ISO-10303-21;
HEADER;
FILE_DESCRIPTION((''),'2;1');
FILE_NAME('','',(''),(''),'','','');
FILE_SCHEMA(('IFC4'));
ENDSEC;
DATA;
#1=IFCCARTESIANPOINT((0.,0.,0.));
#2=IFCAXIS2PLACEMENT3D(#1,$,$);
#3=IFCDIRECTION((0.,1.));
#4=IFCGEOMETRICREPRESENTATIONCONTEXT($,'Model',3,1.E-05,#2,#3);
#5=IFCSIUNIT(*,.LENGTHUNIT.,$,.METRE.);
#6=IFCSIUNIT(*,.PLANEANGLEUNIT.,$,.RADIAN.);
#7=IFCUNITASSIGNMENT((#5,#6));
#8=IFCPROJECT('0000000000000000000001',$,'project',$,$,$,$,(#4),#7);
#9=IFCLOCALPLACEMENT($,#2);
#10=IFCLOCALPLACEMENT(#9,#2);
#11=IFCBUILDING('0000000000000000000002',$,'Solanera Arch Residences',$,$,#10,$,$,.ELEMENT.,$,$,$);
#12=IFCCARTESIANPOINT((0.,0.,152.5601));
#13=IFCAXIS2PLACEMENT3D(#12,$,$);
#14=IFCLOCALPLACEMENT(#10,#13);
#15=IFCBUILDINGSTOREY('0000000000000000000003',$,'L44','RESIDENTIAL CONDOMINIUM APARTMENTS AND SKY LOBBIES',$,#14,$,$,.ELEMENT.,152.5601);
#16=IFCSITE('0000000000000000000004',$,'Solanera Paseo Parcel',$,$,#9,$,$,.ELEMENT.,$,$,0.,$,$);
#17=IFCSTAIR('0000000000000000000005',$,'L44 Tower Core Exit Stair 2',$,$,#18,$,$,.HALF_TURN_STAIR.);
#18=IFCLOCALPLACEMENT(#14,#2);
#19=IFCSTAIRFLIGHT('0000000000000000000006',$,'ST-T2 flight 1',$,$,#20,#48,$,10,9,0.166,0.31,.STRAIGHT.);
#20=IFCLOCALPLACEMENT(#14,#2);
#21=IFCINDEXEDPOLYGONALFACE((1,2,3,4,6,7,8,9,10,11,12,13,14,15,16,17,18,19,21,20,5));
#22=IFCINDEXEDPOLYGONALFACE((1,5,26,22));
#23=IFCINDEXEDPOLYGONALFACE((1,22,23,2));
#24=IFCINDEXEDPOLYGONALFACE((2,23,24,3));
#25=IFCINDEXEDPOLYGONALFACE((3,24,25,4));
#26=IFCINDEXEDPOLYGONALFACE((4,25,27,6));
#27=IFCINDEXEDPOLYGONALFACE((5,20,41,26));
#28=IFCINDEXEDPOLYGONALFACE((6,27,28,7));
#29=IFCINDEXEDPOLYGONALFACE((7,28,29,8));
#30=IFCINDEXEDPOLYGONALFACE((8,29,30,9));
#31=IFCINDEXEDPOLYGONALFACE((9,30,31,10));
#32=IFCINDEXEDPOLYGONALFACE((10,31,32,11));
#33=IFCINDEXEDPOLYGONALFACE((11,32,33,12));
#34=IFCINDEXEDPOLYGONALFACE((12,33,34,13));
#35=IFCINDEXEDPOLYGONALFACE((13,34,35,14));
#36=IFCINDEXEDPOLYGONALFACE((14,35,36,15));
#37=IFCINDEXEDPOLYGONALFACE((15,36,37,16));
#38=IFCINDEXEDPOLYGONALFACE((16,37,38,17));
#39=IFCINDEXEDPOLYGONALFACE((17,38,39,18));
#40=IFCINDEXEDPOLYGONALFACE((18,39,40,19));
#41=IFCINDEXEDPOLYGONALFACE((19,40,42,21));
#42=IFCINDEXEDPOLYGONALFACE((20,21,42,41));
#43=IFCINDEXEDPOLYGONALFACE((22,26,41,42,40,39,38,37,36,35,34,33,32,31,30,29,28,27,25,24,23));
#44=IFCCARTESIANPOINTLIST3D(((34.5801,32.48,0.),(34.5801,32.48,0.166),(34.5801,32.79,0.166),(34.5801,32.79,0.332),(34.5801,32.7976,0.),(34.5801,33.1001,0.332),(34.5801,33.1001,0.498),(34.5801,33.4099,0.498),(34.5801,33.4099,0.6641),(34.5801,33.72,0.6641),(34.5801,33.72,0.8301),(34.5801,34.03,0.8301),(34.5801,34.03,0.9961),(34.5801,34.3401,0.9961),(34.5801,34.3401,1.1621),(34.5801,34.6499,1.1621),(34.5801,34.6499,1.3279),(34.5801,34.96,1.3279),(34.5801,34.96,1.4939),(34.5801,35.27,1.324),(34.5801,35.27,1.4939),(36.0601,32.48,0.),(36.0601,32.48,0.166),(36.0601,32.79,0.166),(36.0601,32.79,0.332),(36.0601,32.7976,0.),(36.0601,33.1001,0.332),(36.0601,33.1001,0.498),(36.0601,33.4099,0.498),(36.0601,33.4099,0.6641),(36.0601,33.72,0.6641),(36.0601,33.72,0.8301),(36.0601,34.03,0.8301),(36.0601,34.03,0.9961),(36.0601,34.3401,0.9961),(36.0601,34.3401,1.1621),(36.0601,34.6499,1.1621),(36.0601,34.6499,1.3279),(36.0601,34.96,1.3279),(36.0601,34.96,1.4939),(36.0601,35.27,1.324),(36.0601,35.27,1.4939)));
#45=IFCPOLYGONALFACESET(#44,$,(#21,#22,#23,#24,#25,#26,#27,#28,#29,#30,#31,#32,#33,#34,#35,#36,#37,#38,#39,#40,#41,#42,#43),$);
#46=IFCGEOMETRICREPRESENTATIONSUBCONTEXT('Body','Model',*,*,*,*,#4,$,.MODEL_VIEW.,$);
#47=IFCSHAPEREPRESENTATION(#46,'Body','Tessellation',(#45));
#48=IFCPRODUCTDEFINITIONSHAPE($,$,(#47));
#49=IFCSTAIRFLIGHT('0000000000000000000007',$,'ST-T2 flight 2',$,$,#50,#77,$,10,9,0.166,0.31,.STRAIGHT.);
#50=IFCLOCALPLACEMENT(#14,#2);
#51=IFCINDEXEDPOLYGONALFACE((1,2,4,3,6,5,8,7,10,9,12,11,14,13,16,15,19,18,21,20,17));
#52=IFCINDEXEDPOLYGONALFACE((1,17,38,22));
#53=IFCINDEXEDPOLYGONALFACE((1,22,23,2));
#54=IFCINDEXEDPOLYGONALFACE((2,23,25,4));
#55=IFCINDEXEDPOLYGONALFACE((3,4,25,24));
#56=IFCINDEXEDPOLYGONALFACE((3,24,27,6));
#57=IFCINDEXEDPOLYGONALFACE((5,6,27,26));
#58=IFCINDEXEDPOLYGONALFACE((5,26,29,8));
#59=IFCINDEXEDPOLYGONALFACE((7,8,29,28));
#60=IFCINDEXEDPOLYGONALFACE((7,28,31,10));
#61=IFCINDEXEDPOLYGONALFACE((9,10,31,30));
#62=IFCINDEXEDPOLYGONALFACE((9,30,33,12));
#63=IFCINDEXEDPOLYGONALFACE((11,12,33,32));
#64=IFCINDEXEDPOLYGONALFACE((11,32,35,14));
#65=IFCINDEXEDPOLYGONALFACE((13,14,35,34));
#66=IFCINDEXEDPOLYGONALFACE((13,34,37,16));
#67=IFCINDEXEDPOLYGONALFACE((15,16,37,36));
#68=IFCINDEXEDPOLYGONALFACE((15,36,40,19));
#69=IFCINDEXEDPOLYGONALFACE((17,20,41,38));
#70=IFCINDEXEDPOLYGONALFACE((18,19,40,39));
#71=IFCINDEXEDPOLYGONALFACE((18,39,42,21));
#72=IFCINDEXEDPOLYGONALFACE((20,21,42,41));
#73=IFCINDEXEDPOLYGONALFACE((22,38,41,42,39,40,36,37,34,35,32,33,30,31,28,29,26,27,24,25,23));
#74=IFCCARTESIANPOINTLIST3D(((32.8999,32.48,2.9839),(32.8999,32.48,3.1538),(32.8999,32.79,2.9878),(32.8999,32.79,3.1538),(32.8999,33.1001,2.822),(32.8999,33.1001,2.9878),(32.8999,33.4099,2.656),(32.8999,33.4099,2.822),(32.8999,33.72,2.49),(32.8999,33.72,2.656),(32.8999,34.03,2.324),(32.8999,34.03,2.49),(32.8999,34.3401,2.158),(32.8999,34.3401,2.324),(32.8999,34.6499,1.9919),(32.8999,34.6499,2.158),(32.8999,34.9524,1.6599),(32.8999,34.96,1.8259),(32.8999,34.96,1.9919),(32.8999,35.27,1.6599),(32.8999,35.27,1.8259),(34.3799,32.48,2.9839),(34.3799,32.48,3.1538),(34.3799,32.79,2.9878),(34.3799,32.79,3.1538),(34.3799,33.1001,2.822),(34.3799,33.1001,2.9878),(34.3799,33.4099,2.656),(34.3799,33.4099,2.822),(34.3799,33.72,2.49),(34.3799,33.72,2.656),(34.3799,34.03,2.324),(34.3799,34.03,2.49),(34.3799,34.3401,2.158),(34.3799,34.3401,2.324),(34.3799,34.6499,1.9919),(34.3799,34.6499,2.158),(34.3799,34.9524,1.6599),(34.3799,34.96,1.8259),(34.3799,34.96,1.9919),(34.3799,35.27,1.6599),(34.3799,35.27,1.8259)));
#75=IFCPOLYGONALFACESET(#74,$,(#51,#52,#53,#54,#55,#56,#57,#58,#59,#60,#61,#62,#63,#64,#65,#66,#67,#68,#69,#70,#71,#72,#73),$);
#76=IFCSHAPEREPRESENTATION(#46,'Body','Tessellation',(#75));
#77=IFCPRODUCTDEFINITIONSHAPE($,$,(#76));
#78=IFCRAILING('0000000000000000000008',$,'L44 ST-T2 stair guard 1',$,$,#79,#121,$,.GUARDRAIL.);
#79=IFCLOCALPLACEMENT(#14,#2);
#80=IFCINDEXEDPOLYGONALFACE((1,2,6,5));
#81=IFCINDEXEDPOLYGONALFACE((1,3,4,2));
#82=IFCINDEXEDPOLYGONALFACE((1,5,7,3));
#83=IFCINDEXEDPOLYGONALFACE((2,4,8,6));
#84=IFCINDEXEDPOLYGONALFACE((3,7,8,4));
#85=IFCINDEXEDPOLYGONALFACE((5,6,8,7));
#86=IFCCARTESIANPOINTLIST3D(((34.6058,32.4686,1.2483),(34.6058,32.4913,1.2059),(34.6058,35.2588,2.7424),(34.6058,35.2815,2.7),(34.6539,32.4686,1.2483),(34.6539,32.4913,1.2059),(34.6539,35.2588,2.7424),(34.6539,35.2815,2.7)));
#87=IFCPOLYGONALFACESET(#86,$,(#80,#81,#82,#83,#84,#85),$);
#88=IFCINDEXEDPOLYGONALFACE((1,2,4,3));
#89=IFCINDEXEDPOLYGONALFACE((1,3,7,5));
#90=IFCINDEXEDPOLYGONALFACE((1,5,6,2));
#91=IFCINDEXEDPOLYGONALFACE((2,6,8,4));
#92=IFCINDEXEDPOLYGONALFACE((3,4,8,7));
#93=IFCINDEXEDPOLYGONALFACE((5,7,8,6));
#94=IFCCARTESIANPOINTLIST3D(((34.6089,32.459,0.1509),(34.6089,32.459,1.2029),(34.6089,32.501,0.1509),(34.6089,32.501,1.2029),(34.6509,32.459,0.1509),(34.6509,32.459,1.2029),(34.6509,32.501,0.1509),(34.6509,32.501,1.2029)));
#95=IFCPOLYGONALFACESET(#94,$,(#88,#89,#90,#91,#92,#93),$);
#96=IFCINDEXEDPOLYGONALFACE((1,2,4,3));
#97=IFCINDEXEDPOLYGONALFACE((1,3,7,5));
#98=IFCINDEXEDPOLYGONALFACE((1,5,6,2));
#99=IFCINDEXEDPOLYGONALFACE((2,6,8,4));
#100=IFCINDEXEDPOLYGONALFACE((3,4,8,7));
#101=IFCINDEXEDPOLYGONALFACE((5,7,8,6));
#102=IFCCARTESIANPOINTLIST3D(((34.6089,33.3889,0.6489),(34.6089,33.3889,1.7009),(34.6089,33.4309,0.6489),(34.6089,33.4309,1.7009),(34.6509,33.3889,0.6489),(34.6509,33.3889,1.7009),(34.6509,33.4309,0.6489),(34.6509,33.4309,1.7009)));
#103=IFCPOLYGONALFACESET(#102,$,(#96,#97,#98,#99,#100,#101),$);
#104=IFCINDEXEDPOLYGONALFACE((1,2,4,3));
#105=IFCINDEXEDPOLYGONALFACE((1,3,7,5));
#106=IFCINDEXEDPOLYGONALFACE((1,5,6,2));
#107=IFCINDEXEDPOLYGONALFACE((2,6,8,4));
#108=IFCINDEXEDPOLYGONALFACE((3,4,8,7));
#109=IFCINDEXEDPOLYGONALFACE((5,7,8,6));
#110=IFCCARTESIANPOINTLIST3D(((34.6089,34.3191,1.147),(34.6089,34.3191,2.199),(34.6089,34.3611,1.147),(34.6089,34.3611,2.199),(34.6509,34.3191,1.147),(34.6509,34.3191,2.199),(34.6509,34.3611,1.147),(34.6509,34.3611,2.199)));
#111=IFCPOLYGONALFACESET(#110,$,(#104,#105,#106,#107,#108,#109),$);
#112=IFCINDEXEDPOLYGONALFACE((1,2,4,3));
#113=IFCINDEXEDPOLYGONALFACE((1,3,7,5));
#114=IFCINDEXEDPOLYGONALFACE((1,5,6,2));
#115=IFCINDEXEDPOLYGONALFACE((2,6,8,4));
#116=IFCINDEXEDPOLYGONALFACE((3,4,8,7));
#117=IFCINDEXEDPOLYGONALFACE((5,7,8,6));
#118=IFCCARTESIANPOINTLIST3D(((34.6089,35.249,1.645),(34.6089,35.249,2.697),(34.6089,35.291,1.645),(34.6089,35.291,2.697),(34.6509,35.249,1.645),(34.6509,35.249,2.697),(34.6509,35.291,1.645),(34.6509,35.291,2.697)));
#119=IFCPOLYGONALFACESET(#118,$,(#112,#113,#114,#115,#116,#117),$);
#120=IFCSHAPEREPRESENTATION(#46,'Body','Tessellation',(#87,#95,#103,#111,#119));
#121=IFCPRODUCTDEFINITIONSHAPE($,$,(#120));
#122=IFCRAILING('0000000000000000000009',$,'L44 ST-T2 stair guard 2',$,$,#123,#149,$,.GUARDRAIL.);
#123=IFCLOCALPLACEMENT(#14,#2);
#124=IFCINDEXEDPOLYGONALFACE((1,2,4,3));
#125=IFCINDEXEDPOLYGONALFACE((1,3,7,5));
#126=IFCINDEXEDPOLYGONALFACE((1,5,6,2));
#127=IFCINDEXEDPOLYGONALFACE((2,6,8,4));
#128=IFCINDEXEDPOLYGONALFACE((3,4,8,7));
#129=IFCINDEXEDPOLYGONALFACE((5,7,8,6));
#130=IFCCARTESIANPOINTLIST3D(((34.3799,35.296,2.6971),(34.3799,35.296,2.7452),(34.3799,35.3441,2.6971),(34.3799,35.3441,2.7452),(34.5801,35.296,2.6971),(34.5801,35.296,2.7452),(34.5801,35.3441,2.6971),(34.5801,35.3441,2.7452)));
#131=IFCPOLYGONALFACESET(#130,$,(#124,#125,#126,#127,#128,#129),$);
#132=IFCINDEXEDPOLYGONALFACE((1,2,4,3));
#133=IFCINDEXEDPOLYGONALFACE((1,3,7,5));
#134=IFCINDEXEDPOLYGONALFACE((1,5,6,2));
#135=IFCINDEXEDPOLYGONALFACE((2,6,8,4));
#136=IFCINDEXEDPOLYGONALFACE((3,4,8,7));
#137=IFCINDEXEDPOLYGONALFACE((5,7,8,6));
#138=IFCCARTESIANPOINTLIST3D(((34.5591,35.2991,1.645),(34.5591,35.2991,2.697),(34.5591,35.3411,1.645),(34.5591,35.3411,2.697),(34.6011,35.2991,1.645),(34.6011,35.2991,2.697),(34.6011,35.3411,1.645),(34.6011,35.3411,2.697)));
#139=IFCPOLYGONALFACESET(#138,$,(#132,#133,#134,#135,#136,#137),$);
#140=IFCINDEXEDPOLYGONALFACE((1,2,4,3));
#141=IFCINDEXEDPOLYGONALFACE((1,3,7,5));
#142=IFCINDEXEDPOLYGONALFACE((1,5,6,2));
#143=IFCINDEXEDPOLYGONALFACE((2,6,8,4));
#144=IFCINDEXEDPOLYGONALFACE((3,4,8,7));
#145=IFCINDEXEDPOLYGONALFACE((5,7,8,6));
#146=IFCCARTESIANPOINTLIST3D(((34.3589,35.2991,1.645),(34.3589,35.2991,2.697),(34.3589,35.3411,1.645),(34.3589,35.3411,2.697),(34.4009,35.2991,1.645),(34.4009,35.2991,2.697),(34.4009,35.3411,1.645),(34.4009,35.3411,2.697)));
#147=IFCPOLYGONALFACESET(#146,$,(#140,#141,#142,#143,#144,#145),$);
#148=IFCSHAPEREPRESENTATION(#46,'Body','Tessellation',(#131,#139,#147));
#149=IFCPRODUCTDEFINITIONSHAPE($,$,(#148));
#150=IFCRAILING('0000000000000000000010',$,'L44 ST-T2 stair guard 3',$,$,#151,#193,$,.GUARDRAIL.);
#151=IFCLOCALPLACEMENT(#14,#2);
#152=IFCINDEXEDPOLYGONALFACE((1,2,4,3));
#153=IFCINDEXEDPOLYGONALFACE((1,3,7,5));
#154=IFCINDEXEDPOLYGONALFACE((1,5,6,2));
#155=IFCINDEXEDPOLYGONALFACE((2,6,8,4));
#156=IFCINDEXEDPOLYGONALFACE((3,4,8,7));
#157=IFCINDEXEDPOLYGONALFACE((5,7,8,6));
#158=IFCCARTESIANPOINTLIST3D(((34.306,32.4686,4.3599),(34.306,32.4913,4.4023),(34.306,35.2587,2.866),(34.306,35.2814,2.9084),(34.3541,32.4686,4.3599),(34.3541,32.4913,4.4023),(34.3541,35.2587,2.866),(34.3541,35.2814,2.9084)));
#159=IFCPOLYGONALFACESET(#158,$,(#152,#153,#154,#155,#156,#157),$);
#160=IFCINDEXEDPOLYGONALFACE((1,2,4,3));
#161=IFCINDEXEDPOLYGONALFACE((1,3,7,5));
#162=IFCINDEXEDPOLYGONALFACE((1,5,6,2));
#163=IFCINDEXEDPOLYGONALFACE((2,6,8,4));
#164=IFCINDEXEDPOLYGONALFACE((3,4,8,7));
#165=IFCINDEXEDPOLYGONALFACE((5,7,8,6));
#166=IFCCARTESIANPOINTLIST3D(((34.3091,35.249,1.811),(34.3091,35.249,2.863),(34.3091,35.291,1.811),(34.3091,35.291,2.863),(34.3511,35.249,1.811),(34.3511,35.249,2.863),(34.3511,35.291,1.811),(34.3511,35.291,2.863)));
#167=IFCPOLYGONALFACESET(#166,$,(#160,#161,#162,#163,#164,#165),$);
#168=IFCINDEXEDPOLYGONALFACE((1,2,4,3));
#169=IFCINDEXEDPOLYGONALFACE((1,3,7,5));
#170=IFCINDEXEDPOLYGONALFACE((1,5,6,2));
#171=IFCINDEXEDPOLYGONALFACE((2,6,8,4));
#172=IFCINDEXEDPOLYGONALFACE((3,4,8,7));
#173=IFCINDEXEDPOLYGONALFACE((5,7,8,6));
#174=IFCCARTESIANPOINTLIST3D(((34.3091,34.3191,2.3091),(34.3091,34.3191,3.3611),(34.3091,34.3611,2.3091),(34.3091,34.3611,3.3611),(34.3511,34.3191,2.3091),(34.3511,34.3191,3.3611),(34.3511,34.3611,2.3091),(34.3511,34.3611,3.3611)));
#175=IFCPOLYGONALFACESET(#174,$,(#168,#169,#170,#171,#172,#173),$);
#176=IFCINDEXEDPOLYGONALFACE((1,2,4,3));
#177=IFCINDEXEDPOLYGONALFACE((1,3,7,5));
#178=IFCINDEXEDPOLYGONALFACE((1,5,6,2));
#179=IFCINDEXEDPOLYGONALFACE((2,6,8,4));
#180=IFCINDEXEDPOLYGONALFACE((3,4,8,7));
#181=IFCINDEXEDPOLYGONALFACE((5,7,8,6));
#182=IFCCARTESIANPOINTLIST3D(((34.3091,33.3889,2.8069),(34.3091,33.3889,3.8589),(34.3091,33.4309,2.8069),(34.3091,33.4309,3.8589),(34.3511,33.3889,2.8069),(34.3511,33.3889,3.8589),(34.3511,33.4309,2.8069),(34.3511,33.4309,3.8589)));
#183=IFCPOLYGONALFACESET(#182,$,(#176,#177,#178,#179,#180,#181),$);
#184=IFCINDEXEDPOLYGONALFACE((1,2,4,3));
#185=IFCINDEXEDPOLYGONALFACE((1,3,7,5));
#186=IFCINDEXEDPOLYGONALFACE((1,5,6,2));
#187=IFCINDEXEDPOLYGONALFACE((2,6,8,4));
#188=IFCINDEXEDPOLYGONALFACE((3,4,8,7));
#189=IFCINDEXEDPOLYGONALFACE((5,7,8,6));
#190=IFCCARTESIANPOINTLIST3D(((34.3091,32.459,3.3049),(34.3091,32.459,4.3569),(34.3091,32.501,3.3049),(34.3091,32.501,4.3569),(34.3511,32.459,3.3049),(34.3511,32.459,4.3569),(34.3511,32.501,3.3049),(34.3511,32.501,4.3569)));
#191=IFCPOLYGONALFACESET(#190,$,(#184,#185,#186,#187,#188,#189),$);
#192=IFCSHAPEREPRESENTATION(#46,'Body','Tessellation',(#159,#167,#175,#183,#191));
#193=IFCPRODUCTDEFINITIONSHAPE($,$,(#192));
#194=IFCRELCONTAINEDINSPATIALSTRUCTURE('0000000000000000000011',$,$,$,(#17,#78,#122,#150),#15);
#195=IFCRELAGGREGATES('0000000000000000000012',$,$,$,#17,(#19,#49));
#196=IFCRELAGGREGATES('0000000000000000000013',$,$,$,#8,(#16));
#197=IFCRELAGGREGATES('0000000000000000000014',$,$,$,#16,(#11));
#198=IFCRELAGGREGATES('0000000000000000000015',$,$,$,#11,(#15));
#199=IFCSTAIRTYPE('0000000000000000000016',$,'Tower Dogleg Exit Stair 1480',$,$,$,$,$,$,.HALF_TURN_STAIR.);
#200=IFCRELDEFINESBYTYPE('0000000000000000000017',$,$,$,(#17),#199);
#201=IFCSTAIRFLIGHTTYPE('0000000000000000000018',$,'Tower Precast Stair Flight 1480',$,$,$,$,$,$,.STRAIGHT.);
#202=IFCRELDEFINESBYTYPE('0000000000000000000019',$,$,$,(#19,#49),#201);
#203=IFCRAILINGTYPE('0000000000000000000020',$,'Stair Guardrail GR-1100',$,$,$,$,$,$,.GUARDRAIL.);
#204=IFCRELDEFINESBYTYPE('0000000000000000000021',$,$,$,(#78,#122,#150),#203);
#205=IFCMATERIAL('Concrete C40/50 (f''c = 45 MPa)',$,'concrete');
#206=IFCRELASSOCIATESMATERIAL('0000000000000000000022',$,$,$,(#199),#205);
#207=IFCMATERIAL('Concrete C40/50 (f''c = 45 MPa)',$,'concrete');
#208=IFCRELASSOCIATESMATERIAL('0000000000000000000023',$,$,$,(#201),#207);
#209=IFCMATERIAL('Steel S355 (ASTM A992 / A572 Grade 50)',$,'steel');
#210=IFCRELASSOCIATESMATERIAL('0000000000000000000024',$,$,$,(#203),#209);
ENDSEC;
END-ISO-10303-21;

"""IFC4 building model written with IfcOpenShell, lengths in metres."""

from ifc_helpers import new_model, si_unit, direction, frame, origin, origin_2d, place, context, subcontext, project, spatial, polyline, rectangle, outline, extrude, material, type_object, element, aggregate, save


model = new_model("IFC4")

# Units and contexts
model_context = context("Model", 3, precision=1e-05, world=origin(), true_north=direction((0.0, 1.0)))
body_context = subcontext(model_context, "Body", "Model", "MODEL_VIEW")
ifc_project = project(units=[si_unit("LENGTHUNIT", "METRE"), si_unit("PLANEANGLEUNIT", "RADIAN")], contexts=[model_context])

# Site, building, storey
site_placement = place(None, origin())
site = spatial("IfcSite", under=ifc_project, at=site_placement, Name="Solanera Paseo Parcel", CompositionType="ELEMENT", RefElevation=0.0)
building_placement = place(site_placement, origin())
building = spatial("IfcBuilding", under=site, at=building_placement, Name="Solanera Arch Residences", CompositionType="ELEMENT")
storey_placement = place(building_placement, frame((0.0, 0.0, 152.5601)))
storey = spatial("IfcBuildingStorey", under=building, at=storey_placement, Name="L44", Description="RESIDENTIAL CONDOMINIUM APARTMENTS AND SKY LOBBIES", CompositionType="ELEMENT", Elevation=152.5601)

# Stair, stair flights
ifc_material_1 = material(Name="Concrete C40/50 (f'c = 45 MPa)", Category="concrete")
stair_type = type_object("IfcStairType", Name="Tower Dogleg Exit Stair 1480", PredefinedType="HALF_TURN_STAIR", material=ifc_material_1)
stair_placement = place(storey_placement, origin())
stair = element("IfcStair", 1, at=stair_placement, inside=storey, type_object=stair_type, Name="L44 Tower Core Exit Stair 2", PredefinedType="HALF_TURN_STAIR")
ifc_material_2 = material(Name="Concrete C40/50 (f'c = 45 MPa)", Category="concrete")
stair_flight_type = type_object("IfcStairFlightType", Name="Tower Precast Stair Flight 1480", PredefinedType="STRAIGHT", material=ifc_material_2)
stair_flight_1_placement = place(storey_placement, frame((35.3201, 32.48, 0.0), z_axis=(0.0, 0.0, 1.0), x_axis=(0.0, 1.0, 0.0)))
stair_flight_1 = element("IfcStairFlight", 2, at=stair_flight_1_placement, type_object=stair_flight_type, Name="ST-T2 flight 1", NumberOfRisers=10, NumberOfTreads=9, PredefinedType="STRAIGHT", RiserHeight=0.166, TreadLength=0.31, context=body_context, shape_type="SweptSolid", body=[
    extrude(outline(polyline([(0.0, 0.0), (0.0, 0.166), (0.3101, 0.166), (0.3101, 0.332), (0.6201, 0.332), (0.6201, 0.498), (0.9299, 0.498), (0.9299, 0.6641), (1.24, 0.6641), (1.24, 0.8301), (1.55, 0.8301), (1.55, 0.9961), (1.8601, 0.9961), (1.8601, 1.1621), (2.1699, 1.1621), (2.1699, 1.3279), (2.48, 1.3279), (2.48, 1.4939), (2.79, 1.4939), (2.79, 1.6599), (2.79, 1.324), (0.3176, 0.0), (0.0, 0.0)])), frame((0.0, 0.74, 0.0), z_axis=(0.0, -1.0, 0.0), x_axis=(1.0, 0.0, 0.0)), (0.0, 0.0, 1.0), 1.48),
])
stair_flight_2_placement = place(storey_placement, frame((33.6399, 35.27, 1.6599), z_axis=(0.0, 0.0, 1.0), x_axis=(0.0, -1.0, 0.0)))
stair_flight_2 = element("IfcStairFlight", 3, at=stair_flight_2_placement, type_object=stair_flight_type, Name="ST-T2 flight 2", NumberOfRisers=10, NumberOfTreads=9, PredefinedType="STRAIGHT", RiserHeight=0.166, TreadLength=0.31, context=body_context, shape_type="SweptSolid", body=[
    extrude(outline(polyline([(0.0, 0.0), (0.0, 0.166), (0.3101, 0.166), (0.3101, 0.332), (0.6201, 0.332), (0.6201, 0.498), (0.9299, 0.498), (0.9299, 0.6641), (1.24, 0.6641), (1.24, 0.8301), (1.55, 0.8301), (1.55, 0.9961), (1.8601, 0.9961), (1.8601, 1.1621), (2.1699, 1.1621), (2.1699, 1.3279), (2.48, 1.3279), (2.48, 1.4939), (2.79, 1.4939), (2.79, 1.6599), (2.79, 1.324), (0.3176, 0.0), (0.0, 0.0)])), frame((0.0, 0.74, 0.0), z_axis=(0.0, -1.0, 0.0), x_axis=(1.0, 0.0, 0.0)), (0.0, 0.0, 1.0), 1.48),
])
aggregate(stair, [stair_flight_1, stair_flight_2])

# Railings
ifc_material_3 = material(Name="Steel S355 (ASTM A992 / A572 Grade 50)", Category="steel")
railing_type_1 = type_object("IfcRailingType", Name="Stair Guardrail GR-1100", PredefinedType="GUARDRAIL", material=ifc_material_3)
railing_1_placement = place(storey_placement, frame((34.6299, 32.48, 0.1509)))
element("IfcRailing", 4, at=railing_1_placement, inside=storey, type_object=railing_type_1, Name="L44 ST-T2 stair guard 1", PredefinedType="GUARDRAIL", context=body_context, shape_type="SweptSolid", body=[
    extrude(rectangle(XDim=0.0481, YDim=0.0481, at=origin_2d()), frame((0.0, 0.0, 1.0762), z_axis=(0.0, 0.881549, 0.472093), x_axis=(-1.0, 0.0, 0.0)), (0.0, 0.0, 1.0), 3.165),
    extrude(rectangle(XDim=0.042, YDim=0.042, at=origin_2d()), origin(), (0.0, 0.0, 1.0), 1.052),
    extrude(rectangle(XDim=0.042, YDim=0.042, at=origin_2d()), frame((0.0, 0.9299, 0.498)), (0.0, 0.0, 1.0), 1.052),
    extrude(rectangle(XDim=0.042, YDim=0.042, at=origin_2d()), frame((0.0, 1.8601, 0.9961)), (0.0, 0.0, 1.0), 1.052),
    extrude(rectangle(XDim=0.042, YDim=0.042, at=origin_2d()), frame((0.0, 2.79, 1.4941)), (0.0, 0.0, 1.0), 1.052),
])
railing_2_placement = place(storey_placement, frame((34.5801, 35.3201, 1.645)))
element("IfcRailing", 5, at=railing_2_placement, inside=storey, type_object=railing_type_1, Name="L44 ST-T2 stair guard 2", PredefinedType="GUARDRAIL", context=body_context, shape_type="SweptSolid", body=[
    extrude(rectangle(XDim=0.0481, YDim=0.0481, at=origin_2d()), frame((0.0, 0.0, 1.0762), z_axis=(-1.0, 0.0, 0.0), x_axis=(0.0, -1.0, 0.0)), (0.0, 0.0, 1.0), 0.2002),
    extrude(rectangle(XDim=0.042, YDim=0.042, at=origin_2d()), origin(), (0.0, 0.0, 1.0), 1.052),
    extrude(rectangle(XDim=0.042, YDim=0.042, at=origin_2d()), frame((-0.2002, 0.0, 0.0)), (0.0, 0.0, 1.0), 1.052),
])
railing_3_placement = place(storey_placement, frame((34.3301, 35.27, 1.811)))
element("IfcRailing", 6, at=railing_3_placement, inside=storey, type_object=railing_type_1, Name="L44 ST-T2 stair guard 3", PredefinedType="GUARDRAIL", context=body_context, shape_type="SweptSolid", body=[
    extrude(rectangle(XDim=0.0481, YDim=0.0481, at=origin_2d()), frame((0.0, 0.0, 1.0762), z_axis=(0.0, -0.881581, 0.472033), x_axis=(1.0, 0.0, 0.0)), (0.0, 0.0, 1.0), 3.1648),
    extrude(rectangle(XDim=0.042, YDim=0.042, at=origin_2d()), origin(), (0.0, 0.0, 1.0), 1.052),
    extrude(rectangle(XDim=0.042, YDim=0.042, at=origin_2d()), frame((0.0, -0.9299, 0.498)), (0.0, 0.0, 1.0), 1.052),
    extrude(rectangle(XDim=0.042, YDim=0.042, at=origin_2d()), frame((0.0, -1.8601, 0.9958)), (0.0, 0.0, 1.0), 1.052),
    extrude(rectangle(XDim=0.042, YDim=0.042, at=origin_2d()), frame((0.0, -2.79, 1.4939)), (0.0, 0.0, 1.0), 1.052),
])

save(model, "model.ifc")
